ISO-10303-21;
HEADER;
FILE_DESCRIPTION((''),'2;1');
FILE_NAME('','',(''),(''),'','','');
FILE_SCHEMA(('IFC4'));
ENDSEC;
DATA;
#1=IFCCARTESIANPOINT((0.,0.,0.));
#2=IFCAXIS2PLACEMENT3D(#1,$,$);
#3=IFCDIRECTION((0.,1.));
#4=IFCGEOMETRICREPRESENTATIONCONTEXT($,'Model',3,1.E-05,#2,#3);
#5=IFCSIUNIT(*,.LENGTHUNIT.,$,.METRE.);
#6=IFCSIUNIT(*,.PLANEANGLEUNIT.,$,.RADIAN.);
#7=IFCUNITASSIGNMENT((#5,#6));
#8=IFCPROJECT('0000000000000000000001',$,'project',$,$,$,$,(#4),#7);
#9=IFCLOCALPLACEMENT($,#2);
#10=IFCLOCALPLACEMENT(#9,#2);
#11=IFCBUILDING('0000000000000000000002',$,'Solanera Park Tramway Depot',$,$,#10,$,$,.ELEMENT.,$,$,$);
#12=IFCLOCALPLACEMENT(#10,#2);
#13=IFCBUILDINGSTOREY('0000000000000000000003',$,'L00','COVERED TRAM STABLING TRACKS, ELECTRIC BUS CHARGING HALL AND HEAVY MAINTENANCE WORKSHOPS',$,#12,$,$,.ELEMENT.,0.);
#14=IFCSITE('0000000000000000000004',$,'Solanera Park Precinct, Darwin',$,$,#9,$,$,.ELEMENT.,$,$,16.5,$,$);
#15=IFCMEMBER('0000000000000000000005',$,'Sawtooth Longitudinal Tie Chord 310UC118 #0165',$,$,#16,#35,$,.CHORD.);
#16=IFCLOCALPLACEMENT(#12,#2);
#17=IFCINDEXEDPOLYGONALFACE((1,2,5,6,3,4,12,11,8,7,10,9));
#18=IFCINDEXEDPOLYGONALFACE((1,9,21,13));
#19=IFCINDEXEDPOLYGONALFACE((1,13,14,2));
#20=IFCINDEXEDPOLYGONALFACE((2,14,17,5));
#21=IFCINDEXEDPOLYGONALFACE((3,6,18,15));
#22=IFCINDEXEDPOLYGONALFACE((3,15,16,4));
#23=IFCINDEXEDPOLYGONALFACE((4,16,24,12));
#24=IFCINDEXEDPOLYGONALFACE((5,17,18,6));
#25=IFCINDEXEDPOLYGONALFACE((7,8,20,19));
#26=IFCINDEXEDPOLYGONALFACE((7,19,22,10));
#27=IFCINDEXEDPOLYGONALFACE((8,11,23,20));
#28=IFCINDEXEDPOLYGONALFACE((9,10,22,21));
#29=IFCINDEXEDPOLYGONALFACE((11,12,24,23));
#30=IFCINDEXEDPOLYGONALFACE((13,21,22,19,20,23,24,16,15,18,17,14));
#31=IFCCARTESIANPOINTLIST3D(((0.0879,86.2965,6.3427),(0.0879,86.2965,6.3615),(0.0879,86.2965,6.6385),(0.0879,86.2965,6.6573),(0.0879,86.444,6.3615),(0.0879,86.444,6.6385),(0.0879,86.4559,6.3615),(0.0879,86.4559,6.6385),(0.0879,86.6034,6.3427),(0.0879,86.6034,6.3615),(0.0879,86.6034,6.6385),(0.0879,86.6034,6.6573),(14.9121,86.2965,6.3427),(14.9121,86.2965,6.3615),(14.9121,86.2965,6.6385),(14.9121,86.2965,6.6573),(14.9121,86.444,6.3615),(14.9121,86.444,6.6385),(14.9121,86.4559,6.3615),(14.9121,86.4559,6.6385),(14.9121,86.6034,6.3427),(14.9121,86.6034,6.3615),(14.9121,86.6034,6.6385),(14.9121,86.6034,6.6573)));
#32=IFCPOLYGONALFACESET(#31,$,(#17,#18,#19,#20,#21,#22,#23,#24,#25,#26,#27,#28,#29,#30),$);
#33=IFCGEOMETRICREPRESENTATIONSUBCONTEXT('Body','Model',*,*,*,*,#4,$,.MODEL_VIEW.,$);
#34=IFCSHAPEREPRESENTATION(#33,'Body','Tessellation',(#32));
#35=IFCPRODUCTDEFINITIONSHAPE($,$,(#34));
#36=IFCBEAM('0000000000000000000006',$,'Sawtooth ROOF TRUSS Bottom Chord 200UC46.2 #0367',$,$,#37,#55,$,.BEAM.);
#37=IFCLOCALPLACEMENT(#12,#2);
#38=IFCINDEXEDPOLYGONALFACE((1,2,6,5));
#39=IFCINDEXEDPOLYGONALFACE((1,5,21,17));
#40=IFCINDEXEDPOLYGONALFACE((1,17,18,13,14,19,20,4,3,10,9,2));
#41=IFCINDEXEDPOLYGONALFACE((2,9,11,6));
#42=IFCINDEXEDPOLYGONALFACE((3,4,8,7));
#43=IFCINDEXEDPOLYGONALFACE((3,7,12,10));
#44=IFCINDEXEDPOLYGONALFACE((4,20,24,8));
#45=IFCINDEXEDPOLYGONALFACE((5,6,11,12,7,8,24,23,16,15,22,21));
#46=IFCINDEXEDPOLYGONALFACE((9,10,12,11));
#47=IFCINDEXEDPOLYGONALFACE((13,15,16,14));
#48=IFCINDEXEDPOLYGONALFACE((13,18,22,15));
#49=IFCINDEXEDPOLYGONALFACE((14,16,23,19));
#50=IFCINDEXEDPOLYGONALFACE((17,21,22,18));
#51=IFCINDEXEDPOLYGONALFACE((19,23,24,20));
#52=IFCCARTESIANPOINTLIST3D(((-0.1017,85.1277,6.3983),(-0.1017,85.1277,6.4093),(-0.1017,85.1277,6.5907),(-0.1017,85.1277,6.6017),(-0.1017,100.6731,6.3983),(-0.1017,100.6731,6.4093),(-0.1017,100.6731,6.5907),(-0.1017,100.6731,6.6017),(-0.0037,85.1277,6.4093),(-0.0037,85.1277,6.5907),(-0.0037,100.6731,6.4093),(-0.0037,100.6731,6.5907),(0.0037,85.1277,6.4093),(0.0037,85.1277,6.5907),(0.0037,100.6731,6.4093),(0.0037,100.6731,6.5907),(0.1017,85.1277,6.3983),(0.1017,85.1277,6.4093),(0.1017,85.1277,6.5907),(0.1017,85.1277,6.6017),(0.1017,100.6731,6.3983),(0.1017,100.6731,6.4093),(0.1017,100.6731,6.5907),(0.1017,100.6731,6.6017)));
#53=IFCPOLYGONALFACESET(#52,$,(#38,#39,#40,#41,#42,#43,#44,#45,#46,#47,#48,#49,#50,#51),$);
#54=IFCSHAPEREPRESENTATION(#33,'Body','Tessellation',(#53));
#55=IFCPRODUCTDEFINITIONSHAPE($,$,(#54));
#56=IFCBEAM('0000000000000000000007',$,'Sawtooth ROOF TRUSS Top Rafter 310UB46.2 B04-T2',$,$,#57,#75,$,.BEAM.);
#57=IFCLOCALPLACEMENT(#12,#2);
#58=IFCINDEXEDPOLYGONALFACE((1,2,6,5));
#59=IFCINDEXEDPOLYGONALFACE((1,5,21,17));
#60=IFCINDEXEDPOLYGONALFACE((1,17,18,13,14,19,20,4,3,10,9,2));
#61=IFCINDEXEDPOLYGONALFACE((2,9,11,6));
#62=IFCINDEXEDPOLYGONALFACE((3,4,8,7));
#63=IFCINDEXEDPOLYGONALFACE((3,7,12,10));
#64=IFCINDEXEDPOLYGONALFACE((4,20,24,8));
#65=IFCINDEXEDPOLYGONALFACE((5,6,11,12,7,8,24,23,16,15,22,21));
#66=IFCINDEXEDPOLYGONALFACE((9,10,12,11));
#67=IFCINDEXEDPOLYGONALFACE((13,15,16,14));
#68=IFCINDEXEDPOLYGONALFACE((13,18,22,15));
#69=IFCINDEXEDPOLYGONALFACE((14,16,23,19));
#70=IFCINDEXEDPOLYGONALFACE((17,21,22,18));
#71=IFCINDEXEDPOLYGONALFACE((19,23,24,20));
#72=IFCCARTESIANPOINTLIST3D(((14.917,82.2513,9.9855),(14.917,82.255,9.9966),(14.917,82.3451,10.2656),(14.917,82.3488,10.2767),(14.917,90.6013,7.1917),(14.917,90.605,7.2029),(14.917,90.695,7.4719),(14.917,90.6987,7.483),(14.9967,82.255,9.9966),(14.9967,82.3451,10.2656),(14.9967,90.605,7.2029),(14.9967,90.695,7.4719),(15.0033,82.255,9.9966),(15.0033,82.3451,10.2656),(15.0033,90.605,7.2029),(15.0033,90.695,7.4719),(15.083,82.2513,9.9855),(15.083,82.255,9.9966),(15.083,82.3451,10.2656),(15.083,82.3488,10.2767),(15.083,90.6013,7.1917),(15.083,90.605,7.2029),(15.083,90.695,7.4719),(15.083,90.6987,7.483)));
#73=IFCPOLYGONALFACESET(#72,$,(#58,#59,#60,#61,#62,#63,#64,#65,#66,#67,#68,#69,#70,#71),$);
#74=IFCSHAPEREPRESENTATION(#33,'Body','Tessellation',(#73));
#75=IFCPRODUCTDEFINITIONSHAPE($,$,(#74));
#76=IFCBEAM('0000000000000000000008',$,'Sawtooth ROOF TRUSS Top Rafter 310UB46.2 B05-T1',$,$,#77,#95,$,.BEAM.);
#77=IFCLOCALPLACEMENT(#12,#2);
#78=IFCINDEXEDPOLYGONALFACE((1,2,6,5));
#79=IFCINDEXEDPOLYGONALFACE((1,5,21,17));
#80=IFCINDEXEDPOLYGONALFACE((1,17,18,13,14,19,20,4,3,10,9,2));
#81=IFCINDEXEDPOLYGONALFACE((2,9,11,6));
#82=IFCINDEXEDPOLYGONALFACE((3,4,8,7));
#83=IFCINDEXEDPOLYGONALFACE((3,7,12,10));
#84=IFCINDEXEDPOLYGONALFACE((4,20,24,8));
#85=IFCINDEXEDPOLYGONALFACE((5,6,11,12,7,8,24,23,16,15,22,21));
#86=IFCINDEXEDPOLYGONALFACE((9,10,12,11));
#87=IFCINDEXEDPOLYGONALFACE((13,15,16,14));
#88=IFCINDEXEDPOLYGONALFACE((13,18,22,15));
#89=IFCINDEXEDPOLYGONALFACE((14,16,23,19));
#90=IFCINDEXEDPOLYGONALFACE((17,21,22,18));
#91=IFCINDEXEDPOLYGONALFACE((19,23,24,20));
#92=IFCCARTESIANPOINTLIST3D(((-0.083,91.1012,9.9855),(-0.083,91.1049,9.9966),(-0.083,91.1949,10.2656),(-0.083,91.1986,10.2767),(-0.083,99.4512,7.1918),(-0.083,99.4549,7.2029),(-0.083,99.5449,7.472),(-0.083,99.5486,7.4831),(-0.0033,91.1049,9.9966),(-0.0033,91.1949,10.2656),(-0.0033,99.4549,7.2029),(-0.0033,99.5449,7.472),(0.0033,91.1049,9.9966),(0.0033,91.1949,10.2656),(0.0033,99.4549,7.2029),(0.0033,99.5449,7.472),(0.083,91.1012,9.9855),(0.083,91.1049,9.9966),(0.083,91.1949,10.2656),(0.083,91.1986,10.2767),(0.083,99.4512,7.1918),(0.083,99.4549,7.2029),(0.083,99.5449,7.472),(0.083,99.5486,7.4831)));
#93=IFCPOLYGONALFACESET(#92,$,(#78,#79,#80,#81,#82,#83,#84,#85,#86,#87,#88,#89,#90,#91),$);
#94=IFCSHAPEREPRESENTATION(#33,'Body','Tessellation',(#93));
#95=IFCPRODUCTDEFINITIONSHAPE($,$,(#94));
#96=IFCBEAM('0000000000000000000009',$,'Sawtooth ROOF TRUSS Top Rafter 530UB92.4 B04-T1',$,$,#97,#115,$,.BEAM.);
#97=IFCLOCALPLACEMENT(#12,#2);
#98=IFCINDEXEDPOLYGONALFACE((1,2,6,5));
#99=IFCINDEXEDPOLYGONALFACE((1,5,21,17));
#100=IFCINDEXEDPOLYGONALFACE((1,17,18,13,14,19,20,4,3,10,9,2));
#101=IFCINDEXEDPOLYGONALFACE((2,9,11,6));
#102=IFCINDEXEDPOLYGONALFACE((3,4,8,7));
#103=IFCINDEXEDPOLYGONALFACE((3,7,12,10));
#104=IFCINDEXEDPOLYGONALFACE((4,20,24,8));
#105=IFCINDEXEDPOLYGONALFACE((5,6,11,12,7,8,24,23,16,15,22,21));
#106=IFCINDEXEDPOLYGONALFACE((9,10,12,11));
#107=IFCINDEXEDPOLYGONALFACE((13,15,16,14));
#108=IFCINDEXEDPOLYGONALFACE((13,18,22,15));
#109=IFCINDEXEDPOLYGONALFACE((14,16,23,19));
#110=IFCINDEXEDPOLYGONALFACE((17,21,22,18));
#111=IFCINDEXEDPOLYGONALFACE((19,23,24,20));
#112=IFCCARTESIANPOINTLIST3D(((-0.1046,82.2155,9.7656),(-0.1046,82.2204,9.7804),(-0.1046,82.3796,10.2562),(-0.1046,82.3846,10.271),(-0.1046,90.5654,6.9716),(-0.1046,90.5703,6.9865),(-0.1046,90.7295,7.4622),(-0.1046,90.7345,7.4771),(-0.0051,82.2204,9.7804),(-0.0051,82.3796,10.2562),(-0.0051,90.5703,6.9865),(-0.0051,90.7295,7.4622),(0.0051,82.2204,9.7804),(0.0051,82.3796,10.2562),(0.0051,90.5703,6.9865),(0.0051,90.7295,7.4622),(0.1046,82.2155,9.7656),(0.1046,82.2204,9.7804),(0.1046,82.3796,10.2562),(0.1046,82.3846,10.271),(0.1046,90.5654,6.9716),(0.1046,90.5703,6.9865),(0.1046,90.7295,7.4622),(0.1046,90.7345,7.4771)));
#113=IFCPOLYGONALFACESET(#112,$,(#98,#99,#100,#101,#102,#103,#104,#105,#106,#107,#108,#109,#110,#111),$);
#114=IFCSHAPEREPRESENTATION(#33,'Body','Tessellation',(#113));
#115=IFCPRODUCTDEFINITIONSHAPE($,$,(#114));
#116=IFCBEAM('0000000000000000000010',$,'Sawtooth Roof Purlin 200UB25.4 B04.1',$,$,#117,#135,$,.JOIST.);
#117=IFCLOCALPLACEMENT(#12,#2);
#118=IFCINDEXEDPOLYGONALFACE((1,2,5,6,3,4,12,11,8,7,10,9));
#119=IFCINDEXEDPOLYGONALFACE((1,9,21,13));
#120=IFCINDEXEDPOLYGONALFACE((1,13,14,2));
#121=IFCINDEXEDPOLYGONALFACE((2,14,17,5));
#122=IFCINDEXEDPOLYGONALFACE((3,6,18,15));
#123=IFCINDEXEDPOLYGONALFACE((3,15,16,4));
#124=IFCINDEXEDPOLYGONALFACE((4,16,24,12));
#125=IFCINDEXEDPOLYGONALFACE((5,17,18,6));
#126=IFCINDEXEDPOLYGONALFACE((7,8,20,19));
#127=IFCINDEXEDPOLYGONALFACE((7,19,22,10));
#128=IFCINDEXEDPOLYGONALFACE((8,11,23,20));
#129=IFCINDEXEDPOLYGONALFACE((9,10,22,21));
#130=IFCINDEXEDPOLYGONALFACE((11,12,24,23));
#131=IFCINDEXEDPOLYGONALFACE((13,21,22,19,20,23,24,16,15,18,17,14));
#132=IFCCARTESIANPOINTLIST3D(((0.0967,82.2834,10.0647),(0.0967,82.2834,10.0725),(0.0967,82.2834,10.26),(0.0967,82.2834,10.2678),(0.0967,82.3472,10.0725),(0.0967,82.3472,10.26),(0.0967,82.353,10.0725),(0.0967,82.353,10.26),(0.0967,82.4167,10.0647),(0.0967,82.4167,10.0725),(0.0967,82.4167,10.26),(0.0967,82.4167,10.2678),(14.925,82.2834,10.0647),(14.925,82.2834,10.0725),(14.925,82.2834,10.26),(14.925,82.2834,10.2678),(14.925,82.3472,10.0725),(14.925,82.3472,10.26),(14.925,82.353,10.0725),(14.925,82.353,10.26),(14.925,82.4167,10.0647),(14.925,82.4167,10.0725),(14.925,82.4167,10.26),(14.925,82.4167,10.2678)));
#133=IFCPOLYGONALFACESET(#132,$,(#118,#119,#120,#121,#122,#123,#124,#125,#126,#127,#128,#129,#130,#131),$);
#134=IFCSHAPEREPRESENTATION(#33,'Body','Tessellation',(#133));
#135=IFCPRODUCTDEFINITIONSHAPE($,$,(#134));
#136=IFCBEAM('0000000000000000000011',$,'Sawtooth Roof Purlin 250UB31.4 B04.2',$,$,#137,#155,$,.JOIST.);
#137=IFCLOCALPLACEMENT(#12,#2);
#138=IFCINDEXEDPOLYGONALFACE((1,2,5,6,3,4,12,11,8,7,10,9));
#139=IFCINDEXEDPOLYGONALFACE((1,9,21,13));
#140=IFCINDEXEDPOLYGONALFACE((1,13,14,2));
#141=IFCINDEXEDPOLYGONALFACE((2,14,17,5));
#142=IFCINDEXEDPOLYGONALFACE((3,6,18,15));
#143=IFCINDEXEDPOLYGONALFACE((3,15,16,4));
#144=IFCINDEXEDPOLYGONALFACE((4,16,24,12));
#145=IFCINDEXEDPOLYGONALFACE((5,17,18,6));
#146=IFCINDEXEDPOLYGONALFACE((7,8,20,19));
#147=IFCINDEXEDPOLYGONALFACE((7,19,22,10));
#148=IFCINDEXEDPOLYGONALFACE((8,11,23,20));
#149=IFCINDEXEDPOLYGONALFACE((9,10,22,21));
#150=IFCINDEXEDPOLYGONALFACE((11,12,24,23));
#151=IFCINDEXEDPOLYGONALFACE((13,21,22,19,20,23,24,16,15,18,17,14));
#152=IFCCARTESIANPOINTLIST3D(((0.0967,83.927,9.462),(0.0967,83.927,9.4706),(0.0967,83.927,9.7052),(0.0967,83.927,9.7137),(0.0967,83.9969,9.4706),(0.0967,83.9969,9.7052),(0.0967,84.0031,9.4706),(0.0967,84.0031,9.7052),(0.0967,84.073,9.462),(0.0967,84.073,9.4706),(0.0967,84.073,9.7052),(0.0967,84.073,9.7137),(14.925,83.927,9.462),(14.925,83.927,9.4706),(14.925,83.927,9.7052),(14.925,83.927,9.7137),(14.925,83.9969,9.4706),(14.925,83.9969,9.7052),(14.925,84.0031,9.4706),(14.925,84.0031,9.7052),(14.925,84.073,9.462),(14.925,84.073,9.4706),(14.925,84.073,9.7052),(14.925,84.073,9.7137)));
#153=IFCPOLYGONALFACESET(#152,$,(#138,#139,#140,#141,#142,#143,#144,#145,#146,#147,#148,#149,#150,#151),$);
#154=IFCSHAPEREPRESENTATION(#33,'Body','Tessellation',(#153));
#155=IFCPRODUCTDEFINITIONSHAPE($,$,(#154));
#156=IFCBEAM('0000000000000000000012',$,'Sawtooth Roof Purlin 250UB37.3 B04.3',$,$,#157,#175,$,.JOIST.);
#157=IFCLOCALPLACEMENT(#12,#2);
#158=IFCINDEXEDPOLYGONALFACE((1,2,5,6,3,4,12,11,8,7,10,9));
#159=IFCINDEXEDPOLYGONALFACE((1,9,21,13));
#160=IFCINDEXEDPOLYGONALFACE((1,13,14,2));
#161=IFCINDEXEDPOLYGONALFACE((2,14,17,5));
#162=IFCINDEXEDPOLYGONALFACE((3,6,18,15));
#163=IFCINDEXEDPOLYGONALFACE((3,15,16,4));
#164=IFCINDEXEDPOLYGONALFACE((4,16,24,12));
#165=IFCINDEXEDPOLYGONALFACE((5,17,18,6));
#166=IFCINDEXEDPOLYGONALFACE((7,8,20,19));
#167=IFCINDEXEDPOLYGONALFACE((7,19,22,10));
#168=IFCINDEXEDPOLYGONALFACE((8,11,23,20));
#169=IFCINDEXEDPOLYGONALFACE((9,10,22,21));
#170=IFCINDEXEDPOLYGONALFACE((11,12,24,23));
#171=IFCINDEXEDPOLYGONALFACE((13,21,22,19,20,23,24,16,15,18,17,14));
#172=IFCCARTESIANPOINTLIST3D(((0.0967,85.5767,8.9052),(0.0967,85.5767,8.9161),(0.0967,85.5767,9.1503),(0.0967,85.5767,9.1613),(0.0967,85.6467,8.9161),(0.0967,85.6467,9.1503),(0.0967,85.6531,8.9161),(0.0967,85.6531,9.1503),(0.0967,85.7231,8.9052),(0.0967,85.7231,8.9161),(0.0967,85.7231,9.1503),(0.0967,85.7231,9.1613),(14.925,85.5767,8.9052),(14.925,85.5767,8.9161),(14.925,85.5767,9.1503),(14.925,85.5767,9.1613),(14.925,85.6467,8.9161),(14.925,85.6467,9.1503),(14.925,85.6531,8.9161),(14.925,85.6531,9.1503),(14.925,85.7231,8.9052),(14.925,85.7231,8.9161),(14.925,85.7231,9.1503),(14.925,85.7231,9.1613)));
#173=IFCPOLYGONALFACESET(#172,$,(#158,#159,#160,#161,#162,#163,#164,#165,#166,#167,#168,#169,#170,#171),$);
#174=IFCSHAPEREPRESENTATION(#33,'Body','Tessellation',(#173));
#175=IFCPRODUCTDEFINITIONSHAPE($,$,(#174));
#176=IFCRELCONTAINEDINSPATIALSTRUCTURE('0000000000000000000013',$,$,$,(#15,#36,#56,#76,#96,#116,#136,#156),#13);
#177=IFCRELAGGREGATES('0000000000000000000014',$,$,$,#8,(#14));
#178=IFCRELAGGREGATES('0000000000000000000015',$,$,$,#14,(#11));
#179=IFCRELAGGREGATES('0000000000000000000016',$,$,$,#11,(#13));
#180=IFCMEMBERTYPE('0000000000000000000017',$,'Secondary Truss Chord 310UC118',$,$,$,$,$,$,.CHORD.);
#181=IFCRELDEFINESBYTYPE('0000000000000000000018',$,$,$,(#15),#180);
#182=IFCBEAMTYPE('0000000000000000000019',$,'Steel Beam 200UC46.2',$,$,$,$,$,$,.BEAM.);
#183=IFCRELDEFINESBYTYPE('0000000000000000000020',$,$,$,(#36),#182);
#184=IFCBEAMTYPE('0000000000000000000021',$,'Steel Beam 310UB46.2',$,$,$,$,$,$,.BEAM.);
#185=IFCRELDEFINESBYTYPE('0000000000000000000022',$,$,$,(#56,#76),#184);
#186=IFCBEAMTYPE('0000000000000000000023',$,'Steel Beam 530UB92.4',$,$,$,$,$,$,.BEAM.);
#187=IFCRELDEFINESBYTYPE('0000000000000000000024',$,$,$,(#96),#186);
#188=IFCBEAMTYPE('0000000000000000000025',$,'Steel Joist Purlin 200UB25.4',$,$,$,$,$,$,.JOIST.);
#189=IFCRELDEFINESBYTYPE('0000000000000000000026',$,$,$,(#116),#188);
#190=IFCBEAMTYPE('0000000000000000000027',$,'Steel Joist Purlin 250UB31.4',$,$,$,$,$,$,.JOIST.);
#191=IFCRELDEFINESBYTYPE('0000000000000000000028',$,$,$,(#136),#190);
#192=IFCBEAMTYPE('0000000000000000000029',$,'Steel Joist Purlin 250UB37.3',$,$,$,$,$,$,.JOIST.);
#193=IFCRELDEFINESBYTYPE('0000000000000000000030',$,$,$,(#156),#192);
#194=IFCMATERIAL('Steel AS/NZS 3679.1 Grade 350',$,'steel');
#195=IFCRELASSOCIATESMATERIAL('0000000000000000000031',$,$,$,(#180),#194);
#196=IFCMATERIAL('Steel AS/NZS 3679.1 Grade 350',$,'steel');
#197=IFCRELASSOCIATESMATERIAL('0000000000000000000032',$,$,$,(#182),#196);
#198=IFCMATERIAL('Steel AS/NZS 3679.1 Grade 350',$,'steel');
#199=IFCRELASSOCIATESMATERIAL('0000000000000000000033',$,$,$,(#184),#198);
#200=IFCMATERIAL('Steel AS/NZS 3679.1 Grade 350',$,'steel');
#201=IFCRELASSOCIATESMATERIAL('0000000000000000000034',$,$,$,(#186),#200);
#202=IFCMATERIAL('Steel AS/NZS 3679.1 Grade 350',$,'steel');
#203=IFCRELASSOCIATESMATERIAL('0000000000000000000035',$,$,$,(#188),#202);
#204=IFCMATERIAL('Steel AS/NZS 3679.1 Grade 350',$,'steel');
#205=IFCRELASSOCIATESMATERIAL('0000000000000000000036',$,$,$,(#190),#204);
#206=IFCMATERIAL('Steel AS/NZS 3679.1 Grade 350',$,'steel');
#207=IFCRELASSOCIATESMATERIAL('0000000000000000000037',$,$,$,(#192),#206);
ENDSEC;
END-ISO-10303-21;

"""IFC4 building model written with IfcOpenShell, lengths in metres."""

from ifc_helpers import new_model, si_unit, direction, frame, origin, origin_2d, place, context, subcontext, project, spatial, i_section, extrude, material, material_profile, profile_set, type_object, element, save


model = new_model("IFC4")

# Units and contexts
model_context = context("Model", 3, precision=1e-05, world=origin(), true_north=direction((0.0, 1.0)))
body_context = subcontext(model_context, "Body", "Model", "MODEL_VIEW")
ifc_project = project(units=[si_unit("LENGTHUNIT", "METRE"), si_unit("PLANEANGLEUNIT", "RADIAN")], contexts=[model_context])

# Site, building, storey
site_placement = place(None, origin())
site = spatial("IfcSite", under=ifc_project, at=site_placement, Name="Solanera Park Precinct, Darwin", CompositionType="ELEMENT", RefElevation=16.5)
building_placement = place(site_placement, origin())
building = spatial("IfcBuilding", under=site, at=building_placement, Name="Solanera Park Tramway Depot", CompositionType="ELEMENT")
storey_placement = place(building_placement, origin())
storey = spatial("IfcBuildingStorey", under=building, at=storey_placement, Name="L00", Description="COVERED TRAM STABLING TRACKS, ELECTRIC BUS CHARGING HALL AND HEAVY MAINTENANCE WORKSHOPS", CompositionType="ELEMENT", Elevation=0.0)

# Member
ifc_material_1 = material(Name="Steel AS/NZS 3679.1 Grade 350", Category="steel")
ifc_material_profile_1 = material_profile(ifc_material_1, i_section(OverallWidth=0.3069, OverallDepth=0.3147, WebThickness=0.012, FlangeThickness=0.0188, at=origin_2d()), Name="310UC118")
ifc_profile_set_1 = profile_set([ifc_material_profile_1], Name="Steel AS/NZS 3679.1 Grade 350")
member_type_1 = type_object("IfcMemberType", Name="Secondary Truss Chord 310UC118", PredefinedType="CHORD", material=ifc_profile_set_1)
member_1_placement = place(storey_placement, frame((0.0879, 86.45, 6.5), z_axis=(1.0, 0.0, 0.0), x_axis=(0.0, 1.0, 0.0)))
element("IfcMember", 1, at=member_1_placement, inside=storey, type_object=member_type_1, Name="Sawtooth Longitudinal Tie Chord 310UC118 #0165", PredefinedType="CHORD", context=body_context, shape_type="SweptSolid", body=[
    extrude(i_section(OverallWidth=0.3069, OverallDepth=0.3147, WebThickness=0.012, FlangeThickness=0.0188, at=origin_2d()), origin(), (0.0, 0.0, 1.0), 14.8242),
])

# Beams
ifc_material_2 = material(Name="Steel AS/NZS 3679.1 Grade 350", Category="steel")
ifc_material_profile_2 = material_profile(ifc_material_2, i_section(OverallWidth=0.2034, OverallDepth=0.2034, WebThickness=0.0073, FlangeThickness=0.011, at=origin_2d()), Name="200UC46.2")
ifc_profile_set_2 = profile_set([ifc_material_profile_2], Name="Steel AS/NZS 3679.1 Grade 350")
beam_type_1 = type_object("IfcBeamType", Name="Steel Beam 200UC46.2", PredefinedType="BEAM", material=ifc_profile_set_2)
beam_1_placement = place(storey_placement, frame((0.0, 85.1277, 6.5), z_axis=(0.0, 1.0, 0.0), x_axis=(-1.0, 0.0, 0.0)))
element("IfcBeam", 2, at=beam_1_placement, inside=storey, type_object=beam_type_1, Name="Sawtooth ROOF TRUSS Bottom Chord 200UC46.2 #0367", PredefinedType="BEAM", context=body_context, shape_type="SweptSolid", body=[
    extrude(i_section(OverallWidth=0.2034, OverallDepth=0.2034, WebThickness=0.0073, FlangeThickness=0.011, at=origin_2d()), origin(), (0.0, 0.0, 1.0), 15.5454),
])
ifc_material_3 = material(Name="Steel AS/NZS 3679.1 Grade 350", Category="steel")
ifc_material_profile_3 = material_profile(ifc_material_3, i_section(OverallWidth=0.166, OverallDepth=0.3071, WebThickness=0.0066, FlangeThickness=0.0117, at=origin_2d()), Name="310UB46.2")
ifc_profile_set_3 = profile_set([ifc_material_profile_3], Name="Steel AS/NZS 3679.1 Grade 350")
beam_type_2 = type_object("IfcBeamType", Name="Steel Beam 310UB46.2", PredefinedType="BEAM", material=ifc_profile_set_3)
for number, where, z_axis, x_axis, name in (
    (3, (15.0, 82.3, 10.1311), (0.0, 0.948328, -0.317292), (-1.0, 0.0, 0.0), "Sawtooth ROOF TRUSS Top Rafter 310UB46.2 B04-T2"),
    (4, (0.0, 91.1499, 10.1311), (0.0, 0.948331, -0.317284), (-1.0, 0.0, 0.0), "Sawtooth ROOF TRUSS Top Rafter 310UB46.2 B05-T1"),
):
    element("IfcBeam", number, at=place(storey_placement, frame(where, z_axis=z_axis, x_axis=x_axis)), inside=storey, type_object=beam_type_2, Name=name, PredefinedType="BEAM", context=body_context, shape_type="SweptSolid", body=[
        extrude(i_section(OverallWidth=0.166, OverallDepth=0.3071, WebThickness=0.0066, FlangeThickness=0.0117, at=origin_2d()), origin(), (0.0, 0.0, 1.0), 8.8049),
    ])
ifc_material_4 = material(Name="Steel AS/NZS 3679.1 Grade 350", Category="steel")
ifc_material_profile_4 = material_profile(ifc_material_4, i_section(OverallWidth=0.2092, OverallDepth=0.533, WebThickness=0.0103, FlangeThickness=0.0156, at=origin_2d()), Name="530UB92.4")
ifc_profile_set_4 = profile_set([ifc_material_profile_4], Name="Steel AS/NZS 3679.1 Grade 350")
beam_type_3 = type_object("IfcBeamType", Name="Steel Beam 530UB92.4", PredefinedType="BEAM", material=ifc_profile_set_4)
beam_2_placement = place(storey_placement, frame((0.0, 82.3, 10.0183), z_axis=(0.0, 0.948319, -0.317317), x_axis=(-1.0, 0.0, 0.0)))
element("IfcBeam", 5, at=beam_2_placement, inside=storey, type_object=beam_type_3, Name="Sawtooth ROOF TRUSS Top Rafter 530UB92.4 B04-T1", PredefinedType="BEAM", context=body_context, shape_type="SweptSolid", body=[
    extrude(i_section(OverallWidth=0.2092, OverallDepth=0.533, WebThickness=0.0103, FlangeThickness=0.0156, at=origin_2d()), origin(), (0.0, 0.0, 1.0), 8.8049),
])
ifc_material_5 = material(Name="Steel AS/NZS 3679.1 Grade 350", Category="steel")
ifc_material_profile_5 = material_profile(ifc_material_5, i_section(OverallWidth=0.1333, OverallDepth=0.2031, WebThickness=0.0059, FlangeThickness=0.0078, at=origin_2d()), Name="200UB25.4")
ifc_profile_set_5 = profile_set([ifc_material_profile_5], Name="Steel AS/NZS 3679.1 Grade 350")
beam_type_4 = type_object("IfcBeamType", Name="Steel Joist Purlin 200UB25.4", PredefinedType="JOIST", material=ifc_profile_set_5)
beam_3_placement = place(storey_placement, frame((0.0967, 82.3501, 10.1663), z_axis=(1.0, 0.0, 0.0), x_axis=(0.0, 1.0, 0.0)))
element("IfcBeam", 6, at=beam_3_placement, inside=storey, type_object=beam_type_4, Name="Sawtooth Roof Purlin 200UB25.4 B04.1", PredefinedType="JOIST", context=body_context, shape_type="SweptSolid", body=[
    extrude(i_section(OverallWidth=0.1333, OverallDepth=0.2031, WebThickness=0.0059, FlangeThickness=0.0078, at=origin_2d()), origin(), (0.0, 0.0, 1.0), 14.8284),
])
ifc_material_6 = material(Name="Steel AS/NZS 3679.1 Grade 350", Category="steel")
ifc_material_profile_6 = material_profile(ifc_material_6, i_section(OverallWidth=0.146, OverallDepth=0.2517, WebThickness=0.0061, FlangeThickness=0.0085, at=origin_2d()), Name="250UB31.4")
ifc_profile_set_6 = profile_set([ifc_material_profile_6], Name="Steel AS/NZS 3679.1 Grade 350")
beam_type_5 = type_object("IfcBeamType", Name="Steel Joist Purlin 250UB31.4", PredefinedType="JOIST", material=ifc_profile_set_6)
beam_4_placement = place(storey_placement, frame((0.0967, 84.0, 9.5879), z_axis=(1.0, 0.0, 0.0), x_axis=(0.0, 1.0, 0.0)))
element("IfcBeam", 7, at=beam_4_placement, inside=storey, type_object=beam_type_5, Name="Sawtooth Roof Purlin 250UB31.4 B04.2", PredefinedType="JOIST", context=body_context, shape_type="SweptSolid", body=[
    extrude(i_section(OverallWidth=0.146, OverallDepth=0.2517, WebThickness=0.0061, FlangeThickness=0.0085, at=origin_2d()), origin(), (0.0, 0.0, 1.0), 14.8284),
])
ifc_material_7 = material(Name="Steel AS/NZS 3679.1 Grade 350", Category="steel")
ifc_material_profile_7 = material_profile(ifc_material_7, i_section(OverallWidth=0.1465, OverallDepth=0.2561, WebThickness=0.0063, FlangeThickness=0.011, at=origin_2d()), Name="250UB37.3")
ifc_profile_set_7 = profile_set([ifc_material_profile_7], Name="Steel AS/NZS 3679.1 Grade 350")
beam_type_6 = type_object("IfcBeamType", Name="Steel Joist Purlin 250UB37.3", PredefinedType="JOIST", material=ifc_profile_set_7)
beam_5_placement = place(storey_placement, frame((0.0967, 85.6499, 9.0332), z_axis=(1.0, 0.0, 0.0), x_axis=(0.0, 1.0, 0.0)))
element("IfcBeam", 8, at=beam_5_placement, inside=storey, type_object=beam_type_6, Name="Sawtooth Roof Purlin 250UB37.3 B04.3", PredefinedType="JOIST", context=body_context, shape_type="SweptSolid", body=[
    extrude(i_section(OverallWidth=0.1465, OverallDepth=0.2561, WebThickness=0.0063, FlangeThickness=0.011, at=origin_2d()), origin(), (0.0, 0.0, 1.0), 14.8284),
])

save(model, "model.ifc")
